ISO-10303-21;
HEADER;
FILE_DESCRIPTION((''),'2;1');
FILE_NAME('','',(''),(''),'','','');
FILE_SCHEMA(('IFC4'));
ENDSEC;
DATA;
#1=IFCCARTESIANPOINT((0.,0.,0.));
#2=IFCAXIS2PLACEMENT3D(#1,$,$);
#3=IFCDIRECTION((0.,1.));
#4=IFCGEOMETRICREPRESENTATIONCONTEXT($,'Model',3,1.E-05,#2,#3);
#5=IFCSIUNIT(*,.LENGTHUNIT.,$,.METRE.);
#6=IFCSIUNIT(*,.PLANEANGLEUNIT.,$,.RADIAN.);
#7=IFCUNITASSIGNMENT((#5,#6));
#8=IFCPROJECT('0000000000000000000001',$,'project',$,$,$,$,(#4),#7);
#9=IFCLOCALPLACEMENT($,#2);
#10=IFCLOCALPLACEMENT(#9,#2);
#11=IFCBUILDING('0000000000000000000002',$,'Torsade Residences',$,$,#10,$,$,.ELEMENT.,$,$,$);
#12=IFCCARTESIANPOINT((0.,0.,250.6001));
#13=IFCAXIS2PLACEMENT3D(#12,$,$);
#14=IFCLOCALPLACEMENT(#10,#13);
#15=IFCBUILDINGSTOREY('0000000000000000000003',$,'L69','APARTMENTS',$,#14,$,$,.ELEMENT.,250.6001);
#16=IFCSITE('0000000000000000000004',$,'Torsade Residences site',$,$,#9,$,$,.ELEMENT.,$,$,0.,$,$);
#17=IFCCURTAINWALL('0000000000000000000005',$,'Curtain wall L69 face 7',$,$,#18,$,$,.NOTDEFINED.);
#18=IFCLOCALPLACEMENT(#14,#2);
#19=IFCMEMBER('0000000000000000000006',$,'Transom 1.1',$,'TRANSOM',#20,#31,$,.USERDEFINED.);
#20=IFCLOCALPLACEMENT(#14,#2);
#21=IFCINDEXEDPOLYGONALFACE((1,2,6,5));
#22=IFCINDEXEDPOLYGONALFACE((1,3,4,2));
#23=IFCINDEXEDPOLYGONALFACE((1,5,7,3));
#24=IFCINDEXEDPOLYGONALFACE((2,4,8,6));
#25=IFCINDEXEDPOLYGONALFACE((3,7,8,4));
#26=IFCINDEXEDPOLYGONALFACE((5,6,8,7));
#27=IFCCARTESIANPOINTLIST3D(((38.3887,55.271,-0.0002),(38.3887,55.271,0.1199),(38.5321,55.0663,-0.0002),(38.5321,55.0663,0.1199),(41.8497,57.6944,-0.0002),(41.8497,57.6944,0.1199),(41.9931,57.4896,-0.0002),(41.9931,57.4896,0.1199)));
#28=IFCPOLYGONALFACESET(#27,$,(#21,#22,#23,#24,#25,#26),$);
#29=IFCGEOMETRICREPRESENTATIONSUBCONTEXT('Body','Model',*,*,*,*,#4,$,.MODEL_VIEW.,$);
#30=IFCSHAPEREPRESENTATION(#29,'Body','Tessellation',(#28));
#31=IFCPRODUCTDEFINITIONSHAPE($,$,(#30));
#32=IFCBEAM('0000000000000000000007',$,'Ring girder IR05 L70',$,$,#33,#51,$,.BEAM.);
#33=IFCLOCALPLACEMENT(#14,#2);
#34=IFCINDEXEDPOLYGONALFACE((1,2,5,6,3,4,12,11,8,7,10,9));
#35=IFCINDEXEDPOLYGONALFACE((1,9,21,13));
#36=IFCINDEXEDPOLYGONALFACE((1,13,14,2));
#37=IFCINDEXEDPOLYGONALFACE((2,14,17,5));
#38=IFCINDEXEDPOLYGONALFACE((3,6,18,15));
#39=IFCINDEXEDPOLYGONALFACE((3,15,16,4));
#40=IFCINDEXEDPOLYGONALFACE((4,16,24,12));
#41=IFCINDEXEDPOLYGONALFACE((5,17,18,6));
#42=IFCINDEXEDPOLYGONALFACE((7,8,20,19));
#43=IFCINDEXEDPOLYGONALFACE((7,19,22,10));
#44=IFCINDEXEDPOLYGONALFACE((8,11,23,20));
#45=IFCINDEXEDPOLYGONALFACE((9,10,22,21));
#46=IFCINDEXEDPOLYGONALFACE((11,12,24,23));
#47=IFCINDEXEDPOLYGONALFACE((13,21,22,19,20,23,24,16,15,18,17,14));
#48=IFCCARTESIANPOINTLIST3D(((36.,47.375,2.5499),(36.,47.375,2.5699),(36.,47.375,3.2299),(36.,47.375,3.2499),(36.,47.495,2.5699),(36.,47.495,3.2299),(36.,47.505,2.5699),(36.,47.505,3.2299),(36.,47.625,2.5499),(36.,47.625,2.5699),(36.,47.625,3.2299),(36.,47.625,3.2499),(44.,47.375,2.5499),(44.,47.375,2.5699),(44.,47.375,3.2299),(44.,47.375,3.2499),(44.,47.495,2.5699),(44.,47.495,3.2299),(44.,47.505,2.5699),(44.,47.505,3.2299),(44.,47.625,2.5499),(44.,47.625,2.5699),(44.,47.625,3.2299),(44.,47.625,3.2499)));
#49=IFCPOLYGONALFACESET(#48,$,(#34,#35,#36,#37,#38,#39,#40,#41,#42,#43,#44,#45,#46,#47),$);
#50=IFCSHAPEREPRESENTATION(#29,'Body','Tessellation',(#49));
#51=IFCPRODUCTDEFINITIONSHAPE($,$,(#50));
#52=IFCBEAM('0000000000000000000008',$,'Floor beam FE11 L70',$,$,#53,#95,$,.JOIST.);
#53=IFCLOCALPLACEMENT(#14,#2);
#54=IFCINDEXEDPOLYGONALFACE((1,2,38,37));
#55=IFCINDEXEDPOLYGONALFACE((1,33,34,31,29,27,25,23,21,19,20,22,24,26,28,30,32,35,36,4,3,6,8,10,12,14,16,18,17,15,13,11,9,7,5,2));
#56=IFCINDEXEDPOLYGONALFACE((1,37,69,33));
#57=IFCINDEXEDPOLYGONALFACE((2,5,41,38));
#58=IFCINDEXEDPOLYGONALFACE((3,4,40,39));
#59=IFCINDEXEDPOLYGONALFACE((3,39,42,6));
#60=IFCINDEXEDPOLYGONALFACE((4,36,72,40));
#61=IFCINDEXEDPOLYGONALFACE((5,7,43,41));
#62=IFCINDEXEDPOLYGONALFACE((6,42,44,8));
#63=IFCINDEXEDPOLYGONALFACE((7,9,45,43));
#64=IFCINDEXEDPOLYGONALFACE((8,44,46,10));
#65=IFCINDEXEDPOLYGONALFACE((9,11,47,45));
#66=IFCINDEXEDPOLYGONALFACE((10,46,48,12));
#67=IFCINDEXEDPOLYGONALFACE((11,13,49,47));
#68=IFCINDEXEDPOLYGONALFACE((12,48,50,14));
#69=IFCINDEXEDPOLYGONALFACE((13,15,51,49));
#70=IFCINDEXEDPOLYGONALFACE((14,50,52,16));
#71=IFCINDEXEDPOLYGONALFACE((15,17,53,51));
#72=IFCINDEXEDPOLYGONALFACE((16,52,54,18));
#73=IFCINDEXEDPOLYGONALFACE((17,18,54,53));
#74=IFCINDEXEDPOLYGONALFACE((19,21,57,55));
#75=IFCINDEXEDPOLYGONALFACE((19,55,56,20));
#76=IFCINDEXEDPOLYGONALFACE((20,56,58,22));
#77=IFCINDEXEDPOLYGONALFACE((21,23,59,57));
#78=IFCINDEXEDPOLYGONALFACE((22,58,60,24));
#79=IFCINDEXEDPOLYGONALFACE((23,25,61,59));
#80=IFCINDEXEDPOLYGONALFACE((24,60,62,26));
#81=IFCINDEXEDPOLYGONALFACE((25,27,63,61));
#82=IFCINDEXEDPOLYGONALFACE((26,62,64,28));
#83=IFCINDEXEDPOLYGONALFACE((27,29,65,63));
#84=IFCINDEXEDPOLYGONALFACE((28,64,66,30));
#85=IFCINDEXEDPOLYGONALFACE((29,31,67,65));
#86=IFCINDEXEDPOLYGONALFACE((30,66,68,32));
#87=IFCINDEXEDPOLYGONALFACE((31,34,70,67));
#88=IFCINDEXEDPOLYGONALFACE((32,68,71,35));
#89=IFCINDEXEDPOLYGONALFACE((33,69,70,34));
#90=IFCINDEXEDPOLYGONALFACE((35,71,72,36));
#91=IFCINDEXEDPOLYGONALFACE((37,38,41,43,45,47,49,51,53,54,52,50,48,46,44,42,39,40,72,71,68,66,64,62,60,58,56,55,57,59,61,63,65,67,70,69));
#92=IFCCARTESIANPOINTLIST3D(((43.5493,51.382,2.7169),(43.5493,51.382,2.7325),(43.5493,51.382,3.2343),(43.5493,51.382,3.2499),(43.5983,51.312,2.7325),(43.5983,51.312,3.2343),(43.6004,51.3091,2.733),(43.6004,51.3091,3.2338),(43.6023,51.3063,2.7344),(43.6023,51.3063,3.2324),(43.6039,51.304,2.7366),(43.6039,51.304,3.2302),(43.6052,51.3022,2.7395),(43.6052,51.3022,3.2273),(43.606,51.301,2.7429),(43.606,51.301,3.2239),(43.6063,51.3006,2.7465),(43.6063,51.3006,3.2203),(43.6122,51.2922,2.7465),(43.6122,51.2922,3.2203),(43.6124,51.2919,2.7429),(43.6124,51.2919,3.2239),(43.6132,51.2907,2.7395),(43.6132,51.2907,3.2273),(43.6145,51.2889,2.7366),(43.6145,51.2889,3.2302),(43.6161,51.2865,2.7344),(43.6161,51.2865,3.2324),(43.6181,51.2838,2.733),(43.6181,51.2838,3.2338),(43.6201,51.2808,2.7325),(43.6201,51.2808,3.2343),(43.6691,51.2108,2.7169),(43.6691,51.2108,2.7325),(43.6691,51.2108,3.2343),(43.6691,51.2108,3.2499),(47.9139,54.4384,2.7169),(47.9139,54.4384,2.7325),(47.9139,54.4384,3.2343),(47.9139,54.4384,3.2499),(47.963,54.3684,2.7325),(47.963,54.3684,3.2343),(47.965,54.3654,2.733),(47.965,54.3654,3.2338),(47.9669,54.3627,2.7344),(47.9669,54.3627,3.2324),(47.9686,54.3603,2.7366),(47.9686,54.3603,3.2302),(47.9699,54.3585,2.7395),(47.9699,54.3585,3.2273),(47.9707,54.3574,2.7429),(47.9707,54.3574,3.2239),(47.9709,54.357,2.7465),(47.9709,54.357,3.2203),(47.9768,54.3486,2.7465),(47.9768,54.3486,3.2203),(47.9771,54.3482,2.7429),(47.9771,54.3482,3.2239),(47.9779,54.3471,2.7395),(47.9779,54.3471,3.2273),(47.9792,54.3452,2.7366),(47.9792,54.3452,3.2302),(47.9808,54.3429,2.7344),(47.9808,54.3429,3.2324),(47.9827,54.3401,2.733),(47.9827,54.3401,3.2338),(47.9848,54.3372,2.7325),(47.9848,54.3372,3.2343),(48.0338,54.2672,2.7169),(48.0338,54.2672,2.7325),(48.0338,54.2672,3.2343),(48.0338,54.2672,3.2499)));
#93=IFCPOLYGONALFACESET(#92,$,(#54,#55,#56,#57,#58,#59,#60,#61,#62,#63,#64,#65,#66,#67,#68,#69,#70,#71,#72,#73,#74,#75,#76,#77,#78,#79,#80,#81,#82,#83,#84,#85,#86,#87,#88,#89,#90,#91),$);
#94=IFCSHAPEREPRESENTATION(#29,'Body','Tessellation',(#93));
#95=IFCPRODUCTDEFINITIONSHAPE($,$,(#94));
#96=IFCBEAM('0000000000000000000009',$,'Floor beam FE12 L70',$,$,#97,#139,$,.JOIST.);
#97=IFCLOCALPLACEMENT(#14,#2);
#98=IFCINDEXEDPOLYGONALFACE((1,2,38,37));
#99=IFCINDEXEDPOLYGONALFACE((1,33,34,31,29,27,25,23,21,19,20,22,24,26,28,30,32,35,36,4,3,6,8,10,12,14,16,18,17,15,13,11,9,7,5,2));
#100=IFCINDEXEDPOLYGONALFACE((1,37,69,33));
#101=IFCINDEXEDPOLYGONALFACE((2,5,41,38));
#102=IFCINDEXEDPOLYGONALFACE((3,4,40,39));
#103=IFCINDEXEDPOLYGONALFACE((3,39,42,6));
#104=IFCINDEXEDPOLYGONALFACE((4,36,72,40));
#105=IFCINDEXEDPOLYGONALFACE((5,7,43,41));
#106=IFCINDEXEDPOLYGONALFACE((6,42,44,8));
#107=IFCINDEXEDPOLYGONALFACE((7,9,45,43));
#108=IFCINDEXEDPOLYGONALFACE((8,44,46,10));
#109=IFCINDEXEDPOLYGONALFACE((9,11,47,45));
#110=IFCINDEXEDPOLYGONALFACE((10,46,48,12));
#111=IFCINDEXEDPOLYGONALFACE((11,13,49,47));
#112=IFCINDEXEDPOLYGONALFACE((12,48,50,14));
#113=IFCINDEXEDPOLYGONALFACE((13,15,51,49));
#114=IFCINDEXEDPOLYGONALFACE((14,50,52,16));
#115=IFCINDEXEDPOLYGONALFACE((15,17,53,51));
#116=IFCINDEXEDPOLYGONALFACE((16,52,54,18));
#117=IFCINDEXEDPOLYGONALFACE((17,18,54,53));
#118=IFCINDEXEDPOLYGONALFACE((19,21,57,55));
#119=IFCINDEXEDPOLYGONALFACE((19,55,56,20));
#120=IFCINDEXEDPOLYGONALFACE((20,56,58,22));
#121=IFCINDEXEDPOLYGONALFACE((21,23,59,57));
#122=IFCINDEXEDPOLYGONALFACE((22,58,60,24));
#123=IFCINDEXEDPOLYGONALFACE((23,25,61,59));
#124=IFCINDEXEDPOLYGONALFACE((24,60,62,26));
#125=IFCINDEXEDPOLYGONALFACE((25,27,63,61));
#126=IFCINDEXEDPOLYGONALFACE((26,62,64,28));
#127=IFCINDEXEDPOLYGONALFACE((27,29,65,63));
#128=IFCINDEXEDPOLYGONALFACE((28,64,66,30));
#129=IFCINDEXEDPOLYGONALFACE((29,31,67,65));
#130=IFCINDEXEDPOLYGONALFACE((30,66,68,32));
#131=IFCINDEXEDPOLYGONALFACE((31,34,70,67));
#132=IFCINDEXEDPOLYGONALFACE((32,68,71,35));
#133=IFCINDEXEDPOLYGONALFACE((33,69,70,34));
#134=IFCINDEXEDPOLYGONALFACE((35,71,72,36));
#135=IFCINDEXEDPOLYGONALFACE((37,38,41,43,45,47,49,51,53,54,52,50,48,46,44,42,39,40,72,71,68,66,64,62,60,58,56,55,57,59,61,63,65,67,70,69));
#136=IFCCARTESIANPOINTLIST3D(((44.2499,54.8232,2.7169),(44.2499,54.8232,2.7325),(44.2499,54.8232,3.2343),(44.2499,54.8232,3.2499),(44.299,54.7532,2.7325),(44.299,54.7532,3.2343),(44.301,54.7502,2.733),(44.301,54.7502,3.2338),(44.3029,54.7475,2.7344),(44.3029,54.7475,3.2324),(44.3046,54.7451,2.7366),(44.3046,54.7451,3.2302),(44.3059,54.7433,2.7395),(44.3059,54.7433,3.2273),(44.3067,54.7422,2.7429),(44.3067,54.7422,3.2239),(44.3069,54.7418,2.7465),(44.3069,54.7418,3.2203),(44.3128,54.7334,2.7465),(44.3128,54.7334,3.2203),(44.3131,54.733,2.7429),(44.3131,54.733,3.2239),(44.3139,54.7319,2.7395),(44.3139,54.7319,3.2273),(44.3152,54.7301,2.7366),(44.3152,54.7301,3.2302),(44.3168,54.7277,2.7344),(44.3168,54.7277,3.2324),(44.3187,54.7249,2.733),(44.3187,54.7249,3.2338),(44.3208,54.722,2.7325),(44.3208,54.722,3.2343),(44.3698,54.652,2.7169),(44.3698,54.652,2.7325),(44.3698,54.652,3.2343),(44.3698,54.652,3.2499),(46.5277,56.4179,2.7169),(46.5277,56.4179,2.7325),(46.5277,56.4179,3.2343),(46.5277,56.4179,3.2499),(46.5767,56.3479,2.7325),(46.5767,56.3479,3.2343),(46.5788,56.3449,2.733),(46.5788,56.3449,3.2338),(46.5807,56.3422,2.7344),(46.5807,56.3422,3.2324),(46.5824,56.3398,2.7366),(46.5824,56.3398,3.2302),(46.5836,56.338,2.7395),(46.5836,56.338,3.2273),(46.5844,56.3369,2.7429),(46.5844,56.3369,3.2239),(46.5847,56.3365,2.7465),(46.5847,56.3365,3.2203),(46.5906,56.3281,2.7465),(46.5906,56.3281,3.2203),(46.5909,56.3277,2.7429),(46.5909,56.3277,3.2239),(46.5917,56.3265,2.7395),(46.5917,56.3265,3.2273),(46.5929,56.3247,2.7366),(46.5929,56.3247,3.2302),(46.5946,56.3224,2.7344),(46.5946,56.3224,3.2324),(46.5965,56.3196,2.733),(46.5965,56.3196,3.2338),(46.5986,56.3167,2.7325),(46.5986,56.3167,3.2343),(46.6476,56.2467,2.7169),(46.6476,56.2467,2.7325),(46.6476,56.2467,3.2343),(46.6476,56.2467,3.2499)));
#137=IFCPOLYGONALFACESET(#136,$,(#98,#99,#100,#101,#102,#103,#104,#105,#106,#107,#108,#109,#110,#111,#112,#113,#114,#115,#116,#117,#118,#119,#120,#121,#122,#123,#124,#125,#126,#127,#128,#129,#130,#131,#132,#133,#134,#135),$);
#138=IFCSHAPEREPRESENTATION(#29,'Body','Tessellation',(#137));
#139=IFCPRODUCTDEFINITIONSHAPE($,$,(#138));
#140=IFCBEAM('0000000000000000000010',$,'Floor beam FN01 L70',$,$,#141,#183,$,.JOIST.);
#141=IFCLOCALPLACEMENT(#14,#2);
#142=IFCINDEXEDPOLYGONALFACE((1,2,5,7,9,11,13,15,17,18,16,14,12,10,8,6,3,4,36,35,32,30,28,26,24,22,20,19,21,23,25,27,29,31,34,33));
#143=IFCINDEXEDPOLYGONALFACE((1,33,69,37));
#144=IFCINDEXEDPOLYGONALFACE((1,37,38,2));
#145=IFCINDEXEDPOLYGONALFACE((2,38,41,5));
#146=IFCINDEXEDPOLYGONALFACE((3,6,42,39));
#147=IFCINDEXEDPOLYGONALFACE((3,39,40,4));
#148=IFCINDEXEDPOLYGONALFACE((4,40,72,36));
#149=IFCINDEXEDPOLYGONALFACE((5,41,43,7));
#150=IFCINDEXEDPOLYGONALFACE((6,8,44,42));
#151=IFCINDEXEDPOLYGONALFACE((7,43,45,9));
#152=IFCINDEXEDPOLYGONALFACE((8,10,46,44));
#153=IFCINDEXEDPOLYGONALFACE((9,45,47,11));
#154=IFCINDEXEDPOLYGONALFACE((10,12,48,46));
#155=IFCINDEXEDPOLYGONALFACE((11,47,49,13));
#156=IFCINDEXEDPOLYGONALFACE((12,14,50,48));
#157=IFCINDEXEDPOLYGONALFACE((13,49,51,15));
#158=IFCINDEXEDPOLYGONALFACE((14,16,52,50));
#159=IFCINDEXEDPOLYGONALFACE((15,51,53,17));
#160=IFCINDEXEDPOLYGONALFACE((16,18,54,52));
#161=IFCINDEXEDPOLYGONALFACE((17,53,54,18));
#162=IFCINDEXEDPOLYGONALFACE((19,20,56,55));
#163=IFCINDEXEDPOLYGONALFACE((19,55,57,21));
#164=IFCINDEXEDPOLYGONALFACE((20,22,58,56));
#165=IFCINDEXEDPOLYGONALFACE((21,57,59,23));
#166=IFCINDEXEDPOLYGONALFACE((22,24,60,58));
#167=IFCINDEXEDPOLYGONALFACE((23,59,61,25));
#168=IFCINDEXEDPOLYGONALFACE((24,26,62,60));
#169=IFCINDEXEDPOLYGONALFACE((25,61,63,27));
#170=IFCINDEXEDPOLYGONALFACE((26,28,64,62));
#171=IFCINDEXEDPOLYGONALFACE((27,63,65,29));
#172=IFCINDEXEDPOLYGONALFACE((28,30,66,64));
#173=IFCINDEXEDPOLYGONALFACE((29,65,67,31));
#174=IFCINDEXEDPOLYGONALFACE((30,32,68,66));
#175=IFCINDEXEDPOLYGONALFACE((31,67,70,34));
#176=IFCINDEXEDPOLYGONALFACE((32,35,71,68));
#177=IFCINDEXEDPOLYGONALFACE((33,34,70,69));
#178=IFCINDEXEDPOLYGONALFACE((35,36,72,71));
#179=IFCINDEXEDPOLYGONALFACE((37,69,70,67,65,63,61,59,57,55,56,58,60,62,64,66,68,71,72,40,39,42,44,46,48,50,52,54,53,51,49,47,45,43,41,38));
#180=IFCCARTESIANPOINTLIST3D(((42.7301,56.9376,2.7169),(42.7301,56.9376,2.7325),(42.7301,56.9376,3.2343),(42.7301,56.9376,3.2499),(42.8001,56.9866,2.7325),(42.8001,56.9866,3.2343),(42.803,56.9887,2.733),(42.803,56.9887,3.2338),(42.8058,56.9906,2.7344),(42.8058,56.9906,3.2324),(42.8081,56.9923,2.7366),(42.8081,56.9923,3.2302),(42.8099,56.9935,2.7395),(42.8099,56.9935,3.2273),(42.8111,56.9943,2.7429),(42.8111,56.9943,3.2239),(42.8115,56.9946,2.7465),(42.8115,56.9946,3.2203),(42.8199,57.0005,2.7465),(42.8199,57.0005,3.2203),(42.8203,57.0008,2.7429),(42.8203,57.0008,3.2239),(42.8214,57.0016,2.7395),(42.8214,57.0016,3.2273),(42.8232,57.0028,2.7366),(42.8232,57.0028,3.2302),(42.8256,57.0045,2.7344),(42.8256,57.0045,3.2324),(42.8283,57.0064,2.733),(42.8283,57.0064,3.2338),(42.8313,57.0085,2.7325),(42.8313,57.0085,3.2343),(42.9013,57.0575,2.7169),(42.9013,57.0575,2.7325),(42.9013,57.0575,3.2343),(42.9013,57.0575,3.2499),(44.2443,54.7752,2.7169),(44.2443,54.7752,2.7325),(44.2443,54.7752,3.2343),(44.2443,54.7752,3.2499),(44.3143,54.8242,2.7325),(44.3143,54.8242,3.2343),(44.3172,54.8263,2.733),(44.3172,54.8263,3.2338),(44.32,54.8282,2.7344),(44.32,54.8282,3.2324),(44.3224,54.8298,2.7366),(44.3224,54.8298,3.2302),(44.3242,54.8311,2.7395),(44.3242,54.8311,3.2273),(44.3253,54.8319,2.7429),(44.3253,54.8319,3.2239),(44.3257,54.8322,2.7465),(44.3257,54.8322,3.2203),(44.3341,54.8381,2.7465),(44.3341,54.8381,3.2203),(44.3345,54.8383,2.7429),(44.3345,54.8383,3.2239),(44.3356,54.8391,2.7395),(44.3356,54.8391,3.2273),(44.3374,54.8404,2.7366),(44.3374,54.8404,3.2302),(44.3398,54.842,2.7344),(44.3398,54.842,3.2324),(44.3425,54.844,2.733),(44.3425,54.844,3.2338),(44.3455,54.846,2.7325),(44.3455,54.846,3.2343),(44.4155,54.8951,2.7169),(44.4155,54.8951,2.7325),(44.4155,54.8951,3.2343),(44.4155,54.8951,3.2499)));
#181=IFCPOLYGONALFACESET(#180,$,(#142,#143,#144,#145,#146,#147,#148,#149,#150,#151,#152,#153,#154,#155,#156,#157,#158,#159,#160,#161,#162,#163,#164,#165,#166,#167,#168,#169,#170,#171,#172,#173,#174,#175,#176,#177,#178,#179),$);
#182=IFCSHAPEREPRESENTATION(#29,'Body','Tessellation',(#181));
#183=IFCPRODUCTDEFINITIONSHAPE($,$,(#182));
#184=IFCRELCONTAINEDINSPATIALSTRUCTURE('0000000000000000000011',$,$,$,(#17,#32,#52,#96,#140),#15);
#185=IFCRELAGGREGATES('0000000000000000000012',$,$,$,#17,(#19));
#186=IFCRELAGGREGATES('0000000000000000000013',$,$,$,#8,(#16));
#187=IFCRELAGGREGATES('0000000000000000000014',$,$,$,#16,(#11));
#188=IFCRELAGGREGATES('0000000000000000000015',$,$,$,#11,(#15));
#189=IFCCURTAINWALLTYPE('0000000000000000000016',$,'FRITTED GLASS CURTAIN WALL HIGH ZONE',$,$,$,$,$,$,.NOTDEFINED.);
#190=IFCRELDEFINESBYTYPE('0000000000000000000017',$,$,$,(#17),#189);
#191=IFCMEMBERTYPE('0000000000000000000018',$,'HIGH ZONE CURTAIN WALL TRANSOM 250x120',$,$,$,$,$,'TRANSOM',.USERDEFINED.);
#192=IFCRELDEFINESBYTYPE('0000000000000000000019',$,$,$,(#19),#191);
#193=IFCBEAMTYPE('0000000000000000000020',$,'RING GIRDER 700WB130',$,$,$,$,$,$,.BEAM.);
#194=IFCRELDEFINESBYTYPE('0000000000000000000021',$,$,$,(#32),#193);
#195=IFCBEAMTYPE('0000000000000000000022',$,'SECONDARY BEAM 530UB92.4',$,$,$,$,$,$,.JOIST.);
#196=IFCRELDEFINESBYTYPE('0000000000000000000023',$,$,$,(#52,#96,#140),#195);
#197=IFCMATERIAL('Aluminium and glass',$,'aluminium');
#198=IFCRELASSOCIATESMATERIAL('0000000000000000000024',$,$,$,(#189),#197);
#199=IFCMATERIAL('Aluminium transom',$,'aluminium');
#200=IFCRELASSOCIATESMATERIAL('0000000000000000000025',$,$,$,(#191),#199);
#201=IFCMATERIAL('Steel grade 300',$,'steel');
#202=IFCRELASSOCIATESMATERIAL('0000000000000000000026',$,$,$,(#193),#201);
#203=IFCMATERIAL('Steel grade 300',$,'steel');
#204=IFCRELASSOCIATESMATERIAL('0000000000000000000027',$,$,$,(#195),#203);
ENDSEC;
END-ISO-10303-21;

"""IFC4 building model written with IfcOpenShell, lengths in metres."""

from ifc_helpers import new_model, si_unit, direction, frame, origin, origin_2d, place, context, subcontext, project, spatial, rectangle, i_section, extrude, material, material_profile, profile_set, type_object, element, aggregate, save


model = new_model("IFC4")

# Units and contexts
model_context = context("Model", 3, precision=1e-05, world=origin(), true_north=direction((0.0, 1.0)))
body_context = subcontext(model_context, "Body", "Model", "MODEL_VIEW")
ifc_project = project(units=[si_unit("LENGTHUNIT", "METRE"), si_unit("PLANEANGLEUNIT", "RADIAN")], contexts=[model_context])

# Site, building, storey
site_placement = place(None, origin())
site = spatial("IfcSite", under=ifc_project, at=site_placement, Name="Torsade Residences site", CompositionType="ELEMENT", RefElevation=0.0)
building_placement = place(site_placement, origin())
building = spatial("IfcBuilding", under=site, at=building_placement, Name="Torsade Residences", CompositionType="ELEMENT")
storey_placement = place(building_placement, frame((0.0, 0.0, 250.6001)))
storey = spatial("IfcBuildingStorey", under=building, at=storey_placement, Name="L69", Description="APARTMENTS", CompositionType="ELEMENT", Elevation=250.6001)

# Shared definitions
ifc_material_1 = material(Name="Aluminium and glass", Category="aluminium")
curtain_wall_type = type_object("IfcCurtainWallType", Name="FRITTED GLASS CURTAIN WALL HIGH ZONE", PredefinedType="NOTDEFINED", material=ifc_material_1)

# Curtain wall, member
curtain_wall_1_placement = place(storey_placement, origin())
curtain_wall_1 = element("IfcCurtainWall", 1, at=curtain_wall_1_placement, inside=storey, type_object=curtain_wall_type, Name="Curtain wall L69 face 7", PredefinedType="NOTDEFINED")
ifc_material_2 = material(Name="Aluminium transom", Category="aluminium")
ifc_material_profile_1 = material_profile(ifc_material_2, rectangle(XDim=0.25, YDim=0.1201, at=origin_2d()), Name="HIGH ZONE CURTAIN WALL TRANSOM 250x120")
ifc_profile_set_1 = profile_set([ifc_material_profile_1], Name="Aluminium transom")
member_type_1 = type_object("IfcMemberType", Name="HIGH ZONE CURTAIN WALL TRANSOM 250x120", ElementType="TRANSOM", PredefinedType="USERDEFINED", material=ifc_profile_set_1)
member_1_placement = place(storey_placement, frame((41.9214, 57.592, 0.0598), z_axis=(-0.819156, -0.573571, 0.0), x_axis=(0.573571, -0.819156, 0.0)))
member_1 = element("IfcMember", 2, at=member_1_placement, type_object=member_type_1, Name="Transom 1.1", ObjectType="TRANSOM", PredefinedType="USERDEFINED", context=body_context, shape_type="SweptSolid", body=[
    extrude(rectangle(XDim=0.25, YDim=0.1201, at=origin_2d()), origin(), (0.0, 0.0, 1.0), 4.2251),
])

# Beams
ifc_material_3 = material(Name="Steel grade 300", Category="steel")
ifc_material_profile_2 = material_profile(ifc_material_3, i_section(OverallWidth=0.25, OverallDepth=0.7, WebThickness=0.01, FlangeThickness=0.02, at=origin_2d()), Name="700WB130")
ifc_profile_set_2 = profile_set([ifc_material_profile_2], Name="Steel grade 300")
beam_type_1 = type_object("IfcBeamType", Name="RING GIRDER 700WB130", PredefinedType="BEAM", material=ifc_profile_set_2)
beam_1_placement = place(storey_placement, frame((44.0, 47.5, 2.8999), z_axis=(-1.0, 0.0, 0.0), x_axis=(0.0, -1.0, 0.0)))
element("IfcBeam", 3, at=beam_1_placement, inside=storey, type_object=beam_type_1, Name="Ring girder IR05 L70", PredefinedType="BEAM", context=body_context, shape_type="SweptSolid", body=[
    extrude(i_section(OverallWidth=0.25, OverallDepth=0.7, WebThickness=0.01, FlangeThickness=0.02, at=origin_2d()), origin(), (0.0, 0.0, 1.0), 8.0),
])
ifc_material_4 = material(Name="Steel grade 300", Category="steel")
ifc_material_profile_3 = material_profile(ifc_material_4, i_section(OverallWidth=0.209, OverallDepth=0.533, WebThickness=0.0103, FlangeThickness=0.0156, FilletRadius=0.0139, at=origin_2d()), Name="530UB92.4")
ifc_profile_set_3 = profile_set([ifc_material_profile_3], Name="Steel grade 300")
beam_type_2 = type_object("IfcBeamType", Name="SECONDARY BEAM 530UB92.4", PredefinedType="JOIST", material=ifc_profile_set_3)
beam_2_placement = place(storey_placement, frame((47.9739, 54.3528, 2.9834), z_axis=(-0.819137, -0.573598, 0.0), x_axis=(0.573598, -0.819137, 0.0)))
element("IfcBeam", 4, at=beam_2_placement, inside=storey, type_object=beam_type_2, Name="Floor beam FE11 L70", PredefinedType="JOIST", context=body_context, shape_type="SweptSolid", body=[
    extrude(i_section(OverallWidth=0.209, OverallDepth=0.533, WebThickness=0.0103, FlangeThickness=0.0156, FilletRadius=0.0139, at=origin_2d()), origin(), (0.0, 0.0, 1.0), 5.3284),
])
beam_3_placement = place(storey_placement, frame((46.5876, 56.3323, 2.9834), z_axis=(-0.819191, -0.573521, 0.0), x_axis=(0.573521, -0.819191, 0.0)))
element("IfcBeam", 5, at=beam_3_placement, inside=storey, type_object=beam_type_2, Name="Floor beam FE12 L70", PredefinedType="JOIST", context=body_context, shape_type="SweptSolid", body=[
    extrude(i_section(OverallWidth=0.209, OverallDepth=0.533, WebThickness=0.0103, FlangeThickness=0.0156, FilletRadius=0.0139, at=origin_2d()), origin(), (0.0, 0.0, 1.0), 2.7805),
])
beam_4_placement = place(storey_placement, frame((42.8157, 56.9976, 2.9834), z_axis=(0.573593, -0.819141, 0.0), x_axis=(0.819141, 0.573593, 0.0)))
element("IfcBeam", 6, at=beam_4_placement, inside=storey, type_object=beam_type_2, Name="Floor beam FN01 L70", PredefinedType="JOIST", context=body_context, shape_type="SweptSolid", body=[
    extrude(i_section(OverallWidth=0.209, OverallDepth=0.533, WebThickness=0.0103, FlangeThickness=0.0156, FilletRadius=0.0139, at=origin_2d()), origin(), (0.0, 0.0, 1.0), 2.6399),
])

aggregate(curtain_wall_1, [member_1])

save(model, "model.ifc")
